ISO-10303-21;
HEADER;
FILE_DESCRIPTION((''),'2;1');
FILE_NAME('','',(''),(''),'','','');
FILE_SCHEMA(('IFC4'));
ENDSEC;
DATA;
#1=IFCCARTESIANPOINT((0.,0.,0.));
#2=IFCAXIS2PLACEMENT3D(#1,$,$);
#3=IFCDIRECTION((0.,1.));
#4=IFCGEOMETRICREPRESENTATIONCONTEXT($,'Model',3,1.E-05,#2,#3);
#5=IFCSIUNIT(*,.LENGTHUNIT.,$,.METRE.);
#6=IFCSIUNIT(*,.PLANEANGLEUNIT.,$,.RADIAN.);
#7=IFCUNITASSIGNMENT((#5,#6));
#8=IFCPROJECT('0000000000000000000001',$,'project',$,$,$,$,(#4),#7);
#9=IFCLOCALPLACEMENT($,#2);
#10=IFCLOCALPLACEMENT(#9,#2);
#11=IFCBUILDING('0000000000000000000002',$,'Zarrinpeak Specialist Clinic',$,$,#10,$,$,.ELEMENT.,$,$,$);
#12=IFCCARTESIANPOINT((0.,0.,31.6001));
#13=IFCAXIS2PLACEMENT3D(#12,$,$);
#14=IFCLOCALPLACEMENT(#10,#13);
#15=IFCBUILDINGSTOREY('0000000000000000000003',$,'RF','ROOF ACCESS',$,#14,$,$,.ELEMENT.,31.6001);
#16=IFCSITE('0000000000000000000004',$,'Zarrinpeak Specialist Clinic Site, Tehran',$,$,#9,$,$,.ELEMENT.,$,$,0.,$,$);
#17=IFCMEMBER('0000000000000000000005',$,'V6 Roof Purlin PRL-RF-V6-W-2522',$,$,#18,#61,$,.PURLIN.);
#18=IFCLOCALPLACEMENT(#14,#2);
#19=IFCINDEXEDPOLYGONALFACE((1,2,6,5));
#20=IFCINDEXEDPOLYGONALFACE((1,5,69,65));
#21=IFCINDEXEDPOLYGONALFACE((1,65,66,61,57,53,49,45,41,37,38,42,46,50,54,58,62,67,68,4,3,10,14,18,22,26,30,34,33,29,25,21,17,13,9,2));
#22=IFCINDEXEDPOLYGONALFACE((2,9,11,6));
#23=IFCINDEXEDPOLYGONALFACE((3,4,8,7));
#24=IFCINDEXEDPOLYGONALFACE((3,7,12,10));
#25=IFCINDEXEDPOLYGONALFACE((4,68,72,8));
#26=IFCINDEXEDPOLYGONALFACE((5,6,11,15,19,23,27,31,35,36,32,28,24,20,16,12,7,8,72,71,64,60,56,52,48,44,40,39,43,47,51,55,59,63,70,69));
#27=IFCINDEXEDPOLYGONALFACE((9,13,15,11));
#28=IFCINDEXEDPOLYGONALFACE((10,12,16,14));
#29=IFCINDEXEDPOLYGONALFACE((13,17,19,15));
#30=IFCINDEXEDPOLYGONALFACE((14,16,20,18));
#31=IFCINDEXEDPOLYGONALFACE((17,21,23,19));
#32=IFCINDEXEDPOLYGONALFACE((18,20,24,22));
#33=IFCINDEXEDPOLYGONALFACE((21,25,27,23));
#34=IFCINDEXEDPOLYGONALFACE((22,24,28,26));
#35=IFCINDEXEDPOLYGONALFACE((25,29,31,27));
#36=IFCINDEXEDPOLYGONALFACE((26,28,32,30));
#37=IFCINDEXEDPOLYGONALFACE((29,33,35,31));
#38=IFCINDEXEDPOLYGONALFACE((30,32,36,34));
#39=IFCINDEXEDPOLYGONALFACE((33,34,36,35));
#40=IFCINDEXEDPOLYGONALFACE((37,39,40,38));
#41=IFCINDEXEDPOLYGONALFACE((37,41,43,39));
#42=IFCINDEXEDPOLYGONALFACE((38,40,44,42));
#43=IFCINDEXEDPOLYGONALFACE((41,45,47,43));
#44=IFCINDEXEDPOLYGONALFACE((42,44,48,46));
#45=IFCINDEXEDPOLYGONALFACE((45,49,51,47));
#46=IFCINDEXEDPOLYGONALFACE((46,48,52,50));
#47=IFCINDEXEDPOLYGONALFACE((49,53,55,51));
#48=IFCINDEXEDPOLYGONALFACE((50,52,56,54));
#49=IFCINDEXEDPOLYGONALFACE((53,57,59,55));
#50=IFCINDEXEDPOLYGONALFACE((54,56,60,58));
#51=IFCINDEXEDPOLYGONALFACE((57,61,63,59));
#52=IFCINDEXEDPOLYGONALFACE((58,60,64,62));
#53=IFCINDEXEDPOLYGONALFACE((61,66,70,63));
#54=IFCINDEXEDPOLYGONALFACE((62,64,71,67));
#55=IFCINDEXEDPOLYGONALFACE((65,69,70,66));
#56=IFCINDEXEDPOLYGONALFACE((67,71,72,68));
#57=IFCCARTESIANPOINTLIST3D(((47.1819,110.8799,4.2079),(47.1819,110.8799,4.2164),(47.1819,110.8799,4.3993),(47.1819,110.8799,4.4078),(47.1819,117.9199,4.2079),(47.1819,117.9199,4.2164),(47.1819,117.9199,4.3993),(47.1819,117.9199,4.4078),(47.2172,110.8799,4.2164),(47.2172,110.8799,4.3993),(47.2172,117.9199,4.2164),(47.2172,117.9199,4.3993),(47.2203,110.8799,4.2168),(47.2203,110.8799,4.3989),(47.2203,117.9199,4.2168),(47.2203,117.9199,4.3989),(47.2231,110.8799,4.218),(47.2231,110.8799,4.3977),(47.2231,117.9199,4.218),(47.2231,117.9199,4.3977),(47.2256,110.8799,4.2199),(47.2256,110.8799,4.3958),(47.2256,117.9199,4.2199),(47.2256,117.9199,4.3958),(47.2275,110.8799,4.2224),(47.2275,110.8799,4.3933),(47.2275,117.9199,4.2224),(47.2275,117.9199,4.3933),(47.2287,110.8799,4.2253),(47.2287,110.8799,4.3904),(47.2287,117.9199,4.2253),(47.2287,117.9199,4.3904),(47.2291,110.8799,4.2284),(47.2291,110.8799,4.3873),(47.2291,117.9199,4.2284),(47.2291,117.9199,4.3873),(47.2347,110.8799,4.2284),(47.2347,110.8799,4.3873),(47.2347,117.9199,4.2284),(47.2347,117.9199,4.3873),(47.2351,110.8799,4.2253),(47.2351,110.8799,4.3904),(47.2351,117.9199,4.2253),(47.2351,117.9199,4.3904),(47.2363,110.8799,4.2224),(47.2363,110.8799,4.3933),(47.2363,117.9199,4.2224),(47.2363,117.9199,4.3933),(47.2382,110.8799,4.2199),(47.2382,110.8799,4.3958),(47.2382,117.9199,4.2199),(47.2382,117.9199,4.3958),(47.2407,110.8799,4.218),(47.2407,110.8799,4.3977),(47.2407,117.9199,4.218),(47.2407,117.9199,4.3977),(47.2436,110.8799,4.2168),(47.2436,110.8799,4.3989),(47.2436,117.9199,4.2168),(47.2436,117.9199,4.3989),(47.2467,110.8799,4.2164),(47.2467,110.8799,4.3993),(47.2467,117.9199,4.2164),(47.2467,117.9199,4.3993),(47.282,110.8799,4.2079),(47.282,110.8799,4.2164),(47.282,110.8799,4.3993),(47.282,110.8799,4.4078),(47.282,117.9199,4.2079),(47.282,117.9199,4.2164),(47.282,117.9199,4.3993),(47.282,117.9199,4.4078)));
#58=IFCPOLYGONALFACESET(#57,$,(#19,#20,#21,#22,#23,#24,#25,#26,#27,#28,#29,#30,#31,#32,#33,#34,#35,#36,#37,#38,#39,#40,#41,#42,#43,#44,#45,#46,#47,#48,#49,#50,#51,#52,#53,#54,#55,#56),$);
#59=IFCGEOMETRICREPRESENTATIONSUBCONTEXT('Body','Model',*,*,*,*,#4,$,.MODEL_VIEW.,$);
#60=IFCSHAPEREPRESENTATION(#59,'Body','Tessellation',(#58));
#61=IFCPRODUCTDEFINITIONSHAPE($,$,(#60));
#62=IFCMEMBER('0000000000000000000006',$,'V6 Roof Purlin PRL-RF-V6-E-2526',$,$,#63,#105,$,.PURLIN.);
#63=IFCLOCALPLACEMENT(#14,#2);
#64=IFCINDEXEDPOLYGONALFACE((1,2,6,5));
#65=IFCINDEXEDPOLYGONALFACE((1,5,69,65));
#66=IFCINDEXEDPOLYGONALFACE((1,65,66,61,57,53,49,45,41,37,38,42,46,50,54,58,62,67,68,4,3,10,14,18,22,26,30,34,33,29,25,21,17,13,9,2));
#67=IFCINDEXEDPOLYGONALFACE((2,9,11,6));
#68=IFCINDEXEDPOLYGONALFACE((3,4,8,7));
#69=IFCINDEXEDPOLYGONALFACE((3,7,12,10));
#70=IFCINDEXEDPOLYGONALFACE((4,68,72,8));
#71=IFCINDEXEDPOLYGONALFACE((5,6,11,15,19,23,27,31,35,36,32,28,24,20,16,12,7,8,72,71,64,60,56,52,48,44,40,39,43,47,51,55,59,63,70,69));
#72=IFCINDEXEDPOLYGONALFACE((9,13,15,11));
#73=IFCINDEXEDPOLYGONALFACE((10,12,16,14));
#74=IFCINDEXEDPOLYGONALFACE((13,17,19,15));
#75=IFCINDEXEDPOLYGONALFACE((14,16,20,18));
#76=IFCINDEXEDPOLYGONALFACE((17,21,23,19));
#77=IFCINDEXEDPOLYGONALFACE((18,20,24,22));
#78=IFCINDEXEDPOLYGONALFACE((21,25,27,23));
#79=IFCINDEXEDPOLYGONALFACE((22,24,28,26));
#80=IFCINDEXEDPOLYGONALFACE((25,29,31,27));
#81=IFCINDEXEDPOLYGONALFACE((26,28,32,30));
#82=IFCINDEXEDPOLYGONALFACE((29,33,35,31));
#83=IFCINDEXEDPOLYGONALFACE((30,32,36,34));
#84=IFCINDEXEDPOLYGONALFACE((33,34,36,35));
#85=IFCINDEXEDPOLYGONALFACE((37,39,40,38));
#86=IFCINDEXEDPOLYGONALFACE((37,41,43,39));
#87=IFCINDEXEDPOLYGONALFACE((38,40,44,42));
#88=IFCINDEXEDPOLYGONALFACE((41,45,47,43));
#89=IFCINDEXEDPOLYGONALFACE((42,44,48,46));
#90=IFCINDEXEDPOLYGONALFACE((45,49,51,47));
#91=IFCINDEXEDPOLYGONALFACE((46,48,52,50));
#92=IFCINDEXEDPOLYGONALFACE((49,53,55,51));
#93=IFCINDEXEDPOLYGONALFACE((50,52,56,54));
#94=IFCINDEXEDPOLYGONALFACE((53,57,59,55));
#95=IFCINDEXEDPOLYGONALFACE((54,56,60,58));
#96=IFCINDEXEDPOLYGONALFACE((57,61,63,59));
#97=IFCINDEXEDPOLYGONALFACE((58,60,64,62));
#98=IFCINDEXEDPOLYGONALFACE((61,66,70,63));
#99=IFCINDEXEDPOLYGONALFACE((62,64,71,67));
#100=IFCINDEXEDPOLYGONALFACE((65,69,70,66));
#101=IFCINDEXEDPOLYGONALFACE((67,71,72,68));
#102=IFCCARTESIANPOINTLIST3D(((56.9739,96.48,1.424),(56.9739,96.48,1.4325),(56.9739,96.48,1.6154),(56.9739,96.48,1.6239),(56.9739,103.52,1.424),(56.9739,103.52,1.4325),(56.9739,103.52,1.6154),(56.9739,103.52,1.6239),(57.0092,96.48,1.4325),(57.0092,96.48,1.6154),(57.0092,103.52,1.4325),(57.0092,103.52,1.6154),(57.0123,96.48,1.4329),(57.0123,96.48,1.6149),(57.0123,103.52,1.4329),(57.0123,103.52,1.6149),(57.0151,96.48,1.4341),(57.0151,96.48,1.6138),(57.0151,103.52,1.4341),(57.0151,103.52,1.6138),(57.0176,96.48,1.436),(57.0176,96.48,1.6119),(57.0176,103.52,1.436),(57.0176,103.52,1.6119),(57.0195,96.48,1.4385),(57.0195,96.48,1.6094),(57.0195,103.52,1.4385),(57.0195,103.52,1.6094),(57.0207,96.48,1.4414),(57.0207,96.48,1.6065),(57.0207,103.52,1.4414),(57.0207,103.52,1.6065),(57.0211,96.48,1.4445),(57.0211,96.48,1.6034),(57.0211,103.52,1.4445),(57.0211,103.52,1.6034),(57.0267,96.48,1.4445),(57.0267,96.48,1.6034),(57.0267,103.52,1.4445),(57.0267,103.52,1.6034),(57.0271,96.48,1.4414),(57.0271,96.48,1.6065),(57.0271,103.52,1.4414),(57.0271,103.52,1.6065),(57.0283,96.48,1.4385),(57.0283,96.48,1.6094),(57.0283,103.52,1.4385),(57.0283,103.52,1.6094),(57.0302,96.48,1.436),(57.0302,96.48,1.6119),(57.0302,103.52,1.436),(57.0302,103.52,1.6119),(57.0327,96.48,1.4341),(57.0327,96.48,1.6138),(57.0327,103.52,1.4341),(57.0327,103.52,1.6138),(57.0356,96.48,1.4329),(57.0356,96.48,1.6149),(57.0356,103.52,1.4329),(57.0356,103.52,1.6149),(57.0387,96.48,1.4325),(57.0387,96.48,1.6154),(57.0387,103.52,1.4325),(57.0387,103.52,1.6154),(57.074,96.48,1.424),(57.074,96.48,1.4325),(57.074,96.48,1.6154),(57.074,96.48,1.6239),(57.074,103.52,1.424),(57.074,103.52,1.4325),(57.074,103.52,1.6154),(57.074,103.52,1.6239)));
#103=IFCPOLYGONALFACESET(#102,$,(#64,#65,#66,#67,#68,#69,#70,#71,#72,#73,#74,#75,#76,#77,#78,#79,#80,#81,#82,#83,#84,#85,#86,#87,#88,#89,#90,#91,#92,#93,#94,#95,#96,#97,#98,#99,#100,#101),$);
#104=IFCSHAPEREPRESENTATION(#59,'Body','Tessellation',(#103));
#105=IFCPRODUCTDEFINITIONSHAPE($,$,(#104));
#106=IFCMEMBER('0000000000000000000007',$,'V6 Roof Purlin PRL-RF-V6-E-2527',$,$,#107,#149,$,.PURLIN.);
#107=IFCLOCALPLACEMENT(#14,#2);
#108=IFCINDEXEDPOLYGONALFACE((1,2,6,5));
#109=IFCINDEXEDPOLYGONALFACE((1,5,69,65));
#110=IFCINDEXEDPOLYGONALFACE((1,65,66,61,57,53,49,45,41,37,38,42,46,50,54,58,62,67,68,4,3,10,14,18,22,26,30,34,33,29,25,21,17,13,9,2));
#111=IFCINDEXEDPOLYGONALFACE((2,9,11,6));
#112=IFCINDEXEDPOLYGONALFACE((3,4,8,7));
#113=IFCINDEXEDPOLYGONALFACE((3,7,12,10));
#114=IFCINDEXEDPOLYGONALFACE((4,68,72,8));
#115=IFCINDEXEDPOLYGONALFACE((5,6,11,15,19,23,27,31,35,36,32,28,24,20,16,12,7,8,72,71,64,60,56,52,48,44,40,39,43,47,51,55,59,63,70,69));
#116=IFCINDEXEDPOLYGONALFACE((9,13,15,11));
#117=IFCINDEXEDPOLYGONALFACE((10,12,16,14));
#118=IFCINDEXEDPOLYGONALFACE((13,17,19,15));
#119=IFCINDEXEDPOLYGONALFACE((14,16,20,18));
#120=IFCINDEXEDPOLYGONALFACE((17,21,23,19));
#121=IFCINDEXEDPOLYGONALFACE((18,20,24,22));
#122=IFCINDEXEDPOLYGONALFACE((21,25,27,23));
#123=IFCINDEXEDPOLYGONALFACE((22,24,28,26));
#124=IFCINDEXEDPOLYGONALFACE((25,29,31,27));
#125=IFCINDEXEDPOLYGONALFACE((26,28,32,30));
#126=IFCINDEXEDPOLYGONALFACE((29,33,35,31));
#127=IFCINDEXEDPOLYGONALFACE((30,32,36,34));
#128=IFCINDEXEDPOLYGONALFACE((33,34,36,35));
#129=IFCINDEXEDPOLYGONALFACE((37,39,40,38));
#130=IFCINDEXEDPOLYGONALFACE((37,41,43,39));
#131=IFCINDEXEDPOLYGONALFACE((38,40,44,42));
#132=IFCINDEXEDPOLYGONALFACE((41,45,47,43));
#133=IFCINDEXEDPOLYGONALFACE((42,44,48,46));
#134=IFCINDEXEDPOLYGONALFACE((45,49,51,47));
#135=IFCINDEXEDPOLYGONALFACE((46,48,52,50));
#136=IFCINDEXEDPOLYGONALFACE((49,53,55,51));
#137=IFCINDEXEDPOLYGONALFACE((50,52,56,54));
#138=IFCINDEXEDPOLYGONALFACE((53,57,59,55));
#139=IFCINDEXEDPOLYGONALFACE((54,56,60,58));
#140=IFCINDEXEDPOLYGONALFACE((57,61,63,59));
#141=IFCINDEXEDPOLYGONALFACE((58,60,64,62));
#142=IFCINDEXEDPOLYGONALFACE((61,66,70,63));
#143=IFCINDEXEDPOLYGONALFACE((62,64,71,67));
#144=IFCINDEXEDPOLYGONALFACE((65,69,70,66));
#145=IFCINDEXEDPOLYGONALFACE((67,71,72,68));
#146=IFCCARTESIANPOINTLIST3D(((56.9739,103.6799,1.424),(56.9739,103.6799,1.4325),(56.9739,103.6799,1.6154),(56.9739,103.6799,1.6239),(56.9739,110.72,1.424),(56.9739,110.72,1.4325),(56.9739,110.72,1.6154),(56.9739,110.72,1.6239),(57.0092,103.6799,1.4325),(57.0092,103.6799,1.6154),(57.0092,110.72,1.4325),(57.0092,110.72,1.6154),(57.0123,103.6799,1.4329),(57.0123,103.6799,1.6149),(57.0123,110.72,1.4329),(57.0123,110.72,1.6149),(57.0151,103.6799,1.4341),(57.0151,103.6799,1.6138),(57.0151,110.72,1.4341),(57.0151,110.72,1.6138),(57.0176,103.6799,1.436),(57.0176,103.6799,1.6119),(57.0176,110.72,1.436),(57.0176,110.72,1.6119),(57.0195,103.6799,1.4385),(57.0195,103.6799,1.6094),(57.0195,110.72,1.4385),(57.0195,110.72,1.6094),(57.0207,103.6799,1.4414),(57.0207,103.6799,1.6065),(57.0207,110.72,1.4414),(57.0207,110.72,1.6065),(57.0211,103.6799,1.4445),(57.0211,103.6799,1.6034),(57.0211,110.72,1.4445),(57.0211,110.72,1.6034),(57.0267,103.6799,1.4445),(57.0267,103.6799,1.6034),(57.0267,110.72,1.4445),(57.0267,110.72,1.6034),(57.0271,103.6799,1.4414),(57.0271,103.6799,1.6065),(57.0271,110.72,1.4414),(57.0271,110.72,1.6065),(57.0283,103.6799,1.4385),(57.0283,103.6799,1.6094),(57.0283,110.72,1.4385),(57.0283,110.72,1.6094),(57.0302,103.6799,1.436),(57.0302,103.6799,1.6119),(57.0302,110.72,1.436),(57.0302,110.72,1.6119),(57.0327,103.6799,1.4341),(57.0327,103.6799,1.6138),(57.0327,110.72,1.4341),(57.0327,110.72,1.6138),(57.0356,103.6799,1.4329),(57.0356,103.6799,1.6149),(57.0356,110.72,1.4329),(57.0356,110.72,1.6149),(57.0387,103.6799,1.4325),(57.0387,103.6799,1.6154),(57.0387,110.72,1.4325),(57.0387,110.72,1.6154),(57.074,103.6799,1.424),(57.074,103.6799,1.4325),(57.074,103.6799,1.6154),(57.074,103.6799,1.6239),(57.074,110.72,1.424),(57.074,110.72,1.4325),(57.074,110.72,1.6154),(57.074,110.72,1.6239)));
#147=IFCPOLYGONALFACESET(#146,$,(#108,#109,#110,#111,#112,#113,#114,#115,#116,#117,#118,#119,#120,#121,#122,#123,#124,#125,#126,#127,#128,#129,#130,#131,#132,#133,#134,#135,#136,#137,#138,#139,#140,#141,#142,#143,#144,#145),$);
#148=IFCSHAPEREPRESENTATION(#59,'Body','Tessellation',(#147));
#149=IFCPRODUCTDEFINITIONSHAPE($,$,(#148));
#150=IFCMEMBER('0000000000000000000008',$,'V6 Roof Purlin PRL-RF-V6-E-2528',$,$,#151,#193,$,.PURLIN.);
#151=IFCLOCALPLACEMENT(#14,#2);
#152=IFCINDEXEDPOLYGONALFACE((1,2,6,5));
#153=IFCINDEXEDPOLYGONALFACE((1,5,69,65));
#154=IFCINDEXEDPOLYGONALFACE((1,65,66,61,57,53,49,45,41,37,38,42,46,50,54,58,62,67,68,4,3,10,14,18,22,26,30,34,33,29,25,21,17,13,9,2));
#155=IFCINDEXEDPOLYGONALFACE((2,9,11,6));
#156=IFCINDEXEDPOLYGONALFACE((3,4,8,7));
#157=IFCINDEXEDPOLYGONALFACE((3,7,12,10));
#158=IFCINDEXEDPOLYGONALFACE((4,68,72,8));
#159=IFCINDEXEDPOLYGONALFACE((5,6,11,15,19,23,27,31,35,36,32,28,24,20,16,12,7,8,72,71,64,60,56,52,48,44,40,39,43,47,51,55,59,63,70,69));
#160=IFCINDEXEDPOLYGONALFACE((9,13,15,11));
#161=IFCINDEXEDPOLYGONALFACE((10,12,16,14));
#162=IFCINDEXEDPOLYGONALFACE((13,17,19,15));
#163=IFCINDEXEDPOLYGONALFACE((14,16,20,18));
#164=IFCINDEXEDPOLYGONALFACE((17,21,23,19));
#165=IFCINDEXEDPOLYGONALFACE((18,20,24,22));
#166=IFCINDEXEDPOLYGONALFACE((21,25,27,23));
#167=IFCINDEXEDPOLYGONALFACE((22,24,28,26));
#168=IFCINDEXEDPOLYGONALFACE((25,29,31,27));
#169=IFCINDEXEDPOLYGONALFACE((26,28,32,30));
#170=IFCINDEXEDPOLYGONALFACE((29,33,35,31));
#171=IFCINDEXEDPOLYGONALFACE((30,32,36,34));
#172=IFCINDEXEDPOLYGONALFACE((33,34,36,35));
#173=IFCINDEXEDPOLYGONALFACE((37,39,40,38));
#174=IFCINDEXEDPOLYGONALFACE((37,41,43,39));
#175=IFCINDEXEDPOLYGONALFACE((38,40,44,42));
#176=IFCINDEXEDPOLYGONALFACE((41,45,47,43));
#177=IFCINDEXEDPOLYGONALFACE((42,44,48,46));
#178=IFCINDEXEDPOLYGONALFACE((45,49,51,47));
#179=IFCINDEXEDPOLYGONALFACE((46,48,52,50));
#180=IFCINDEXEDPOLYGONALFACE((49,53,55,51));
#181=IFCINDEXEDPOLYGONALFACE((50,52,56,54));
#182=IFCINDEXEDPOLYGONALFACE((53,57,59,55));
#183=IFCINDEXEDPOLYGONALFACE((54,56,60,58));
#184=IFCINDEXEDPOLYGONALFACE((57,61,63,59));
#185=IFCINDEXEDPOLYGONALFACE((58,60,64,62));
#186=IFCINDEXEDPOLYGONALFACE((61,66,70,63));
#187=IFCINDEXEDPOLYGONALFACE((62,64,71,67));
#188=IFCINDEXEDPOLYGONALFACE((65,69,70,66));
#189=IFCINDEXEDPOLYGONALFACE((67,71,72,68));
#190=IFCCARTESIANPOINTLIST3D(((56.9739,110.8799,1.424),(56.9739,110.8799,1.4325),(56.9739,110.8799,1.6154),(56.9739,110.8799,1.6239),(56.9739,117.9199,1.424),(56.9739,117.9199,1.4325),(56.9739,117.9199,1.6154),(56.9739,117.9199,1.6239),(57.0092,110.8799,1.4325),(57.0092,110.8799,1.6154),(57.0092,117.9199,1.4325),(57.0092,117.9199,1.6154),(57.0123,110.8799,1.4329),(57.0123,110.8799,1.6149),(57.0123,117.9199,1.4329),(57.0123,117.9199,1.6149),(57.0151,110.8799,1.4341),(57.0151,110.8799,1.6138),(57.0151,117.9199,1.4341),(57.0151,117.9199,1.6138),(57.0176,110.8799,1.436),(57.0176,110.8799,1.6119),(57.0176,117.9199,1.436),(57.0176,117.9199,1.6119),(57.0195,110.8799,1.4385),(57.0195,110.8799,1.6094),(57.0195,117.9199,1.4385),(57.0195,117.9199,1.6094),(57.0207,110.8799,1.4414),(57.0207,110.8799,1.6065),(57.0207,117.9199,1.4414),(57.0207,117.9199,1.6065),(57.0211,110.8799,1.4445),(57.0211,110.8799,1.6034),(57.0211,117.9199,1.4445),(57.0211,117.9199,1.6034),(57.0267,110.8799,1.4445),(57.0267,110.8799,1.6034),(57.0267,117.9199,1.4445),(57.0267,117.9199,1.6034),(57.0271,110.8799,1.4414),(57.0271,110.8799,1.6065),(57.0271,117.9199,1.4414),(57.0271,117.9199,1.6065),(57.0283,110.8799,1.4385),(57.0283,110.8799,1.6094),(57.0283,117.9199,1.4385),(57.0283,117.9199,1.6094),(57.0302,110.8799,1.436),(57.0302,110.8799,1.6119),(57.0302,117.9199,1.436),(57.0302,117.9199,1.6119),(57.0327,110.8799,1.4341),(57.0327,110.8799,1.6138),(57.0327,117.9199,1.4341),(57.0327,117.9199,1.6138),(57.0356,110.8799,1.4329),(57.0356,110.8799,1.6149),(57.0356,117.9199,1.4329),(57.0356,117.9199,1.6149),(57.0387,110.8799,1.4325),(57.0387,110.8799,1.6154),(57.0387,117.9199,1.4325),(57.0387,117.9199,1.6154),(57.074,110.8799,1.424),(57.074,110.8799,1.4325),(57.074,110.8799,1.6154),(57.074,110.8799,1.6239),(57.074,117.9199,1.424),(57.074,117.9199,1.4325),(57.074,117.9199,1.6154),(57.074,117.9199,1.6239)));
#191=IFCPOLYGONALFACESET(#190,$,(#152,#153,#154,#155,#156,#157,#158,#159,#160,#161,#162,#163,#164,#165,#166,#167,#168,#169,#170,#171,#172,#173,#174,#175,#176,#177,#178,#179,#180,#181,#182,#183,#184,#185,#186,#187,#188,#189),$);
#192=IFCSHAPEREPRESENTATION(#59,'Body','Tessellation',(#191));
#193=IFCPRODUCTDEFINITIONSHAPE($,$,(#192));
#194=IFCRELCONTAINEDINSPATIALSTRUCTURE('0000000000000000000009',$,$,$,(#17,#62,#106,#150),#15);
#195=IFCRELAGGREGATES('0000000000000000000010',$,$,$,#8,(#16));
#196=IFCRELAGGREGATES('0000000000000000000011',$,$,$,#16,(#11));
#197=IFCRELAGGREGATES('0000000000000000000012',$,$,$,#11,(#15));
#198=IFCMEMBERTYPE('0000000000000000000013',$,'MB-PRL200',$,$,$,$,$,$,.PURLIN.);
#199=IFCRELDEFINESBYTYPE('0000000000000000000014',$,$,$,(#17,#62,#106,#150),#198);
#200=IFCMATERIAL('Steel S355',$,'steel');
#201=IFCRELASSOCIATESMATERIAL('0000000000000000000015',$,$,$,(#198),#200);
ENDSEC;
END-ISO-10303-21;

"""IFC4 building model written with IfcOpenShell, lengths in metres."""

from ifc_helpers import new_model, si_unit, direction, frame, origin, origin_2d, place, context, subcontext, project, spatial, i_section, extrude, material, material_profile, profile_set, type_object, element, save


model = new_model("IFC4")

# Units and contexts
model_context = context("Model", 3, precision=1e-05, world=origin(), true_north=direction((0.0, 1.0)))
body_context = subcontext(model_context, "Body", "Model", "MODEL_VIEW")
ifc_project = project(units=[si_unit("LENGTHUNIT", "METRE"), si_unit("PLANEANGLEUNIT", "RADIAN")], contexts=[model_context])

# Site, building, storey
site_placement = place(None, origin())
site = spatial("IfcSite", under=ifc_project, at=site_placement, Name="Zarrinpeak Specialist Clinic Site, Tehran", CompositionType="ELEMENT", RefElevation=0.0)
building_placement = place(site_placement, origin())
building = spatial("IfcBuilding", under=site, at=building_placement, Name="Zarrinpeak Specialist Clinic", CompositionType="ELEMENT")
storey_placement = place(building_placement, frame((0.0, 0.0, 31.6001)))
storey = spatial("IfcBuildingStorey", under=building, at=storey_placement, Name="RF", Description="ROOF ACCESS", CompositionType="ELEMENT", Elevation=31.6001)

# Shared definitions
ifc_material = material(Name="Steel S355", Category="steel")

# Members
ifc_material_profile_1 = material_profile(ifc_material, i_section(OverallWidth=0.1001, OverallDepth=0.2, WebThickness=0.0056, FlangeThickness=0.0085, FilletRadius=0.012, at=origin_2d()), Name="IPE 200")
ifc_profile_set_1 = profile_set([ifc_material_profile_1], Name="Steel S355")
member_type_1 = type_object("IfcMemberType", Name="MB-PRL200", PredefinedType="PURLIN", material=ifc_profile_set_1)
for number, where, z_axis, x_axis, name in (
    (1, (47.2319, 110.8799, 4.3079), (0.0, 1.0, 0.0), (-1.0, 0.0, 0.0), "V6 Roof Purlin PRL-RF-V6-W-2522"),
    (2, (57.0239, 96.48, 1.5239), (0.0, 1.0, 0.0), (-1.0, 0.0, 0.0), "V6 Roof Purlin PRL-RF-V6-E-2526"),
    (3, (57.0239, 103.6799, 1.5239), (0.0, 1.0, 0.0), (-1.0, 0.0, 0.0), "V6 Roof Purlin PRL-RF-V6-E-2527"),
    (4, (57.0239, 110.8799, 1.5239), (0.0, 1.0, 0.0), (-1.0, 0.0, 0.0), "V6 Roof Purlin PRL-RF-V6-E-2528"),
):
    element("IfcMember", number, at=place(storey_placement, frame(where, z_axis=z_axis, x_axis=x_axis)), inside=storey, type_object=member_type_1, Name=name, PredefinedType="PURLIN", context=body_context, shape_type="SweptSolid", body=[
        extrude(i_section(OverallWidth=0.1001, OverallDepth=0.2, WebThickness=0.0056, FlangeThickness=0.0085, FilletRadius=0.012, at=origin_2d()), origin(), (0.0, 0.0, 1.0), 7.04),
    ])

save(model, "model.ifc")
